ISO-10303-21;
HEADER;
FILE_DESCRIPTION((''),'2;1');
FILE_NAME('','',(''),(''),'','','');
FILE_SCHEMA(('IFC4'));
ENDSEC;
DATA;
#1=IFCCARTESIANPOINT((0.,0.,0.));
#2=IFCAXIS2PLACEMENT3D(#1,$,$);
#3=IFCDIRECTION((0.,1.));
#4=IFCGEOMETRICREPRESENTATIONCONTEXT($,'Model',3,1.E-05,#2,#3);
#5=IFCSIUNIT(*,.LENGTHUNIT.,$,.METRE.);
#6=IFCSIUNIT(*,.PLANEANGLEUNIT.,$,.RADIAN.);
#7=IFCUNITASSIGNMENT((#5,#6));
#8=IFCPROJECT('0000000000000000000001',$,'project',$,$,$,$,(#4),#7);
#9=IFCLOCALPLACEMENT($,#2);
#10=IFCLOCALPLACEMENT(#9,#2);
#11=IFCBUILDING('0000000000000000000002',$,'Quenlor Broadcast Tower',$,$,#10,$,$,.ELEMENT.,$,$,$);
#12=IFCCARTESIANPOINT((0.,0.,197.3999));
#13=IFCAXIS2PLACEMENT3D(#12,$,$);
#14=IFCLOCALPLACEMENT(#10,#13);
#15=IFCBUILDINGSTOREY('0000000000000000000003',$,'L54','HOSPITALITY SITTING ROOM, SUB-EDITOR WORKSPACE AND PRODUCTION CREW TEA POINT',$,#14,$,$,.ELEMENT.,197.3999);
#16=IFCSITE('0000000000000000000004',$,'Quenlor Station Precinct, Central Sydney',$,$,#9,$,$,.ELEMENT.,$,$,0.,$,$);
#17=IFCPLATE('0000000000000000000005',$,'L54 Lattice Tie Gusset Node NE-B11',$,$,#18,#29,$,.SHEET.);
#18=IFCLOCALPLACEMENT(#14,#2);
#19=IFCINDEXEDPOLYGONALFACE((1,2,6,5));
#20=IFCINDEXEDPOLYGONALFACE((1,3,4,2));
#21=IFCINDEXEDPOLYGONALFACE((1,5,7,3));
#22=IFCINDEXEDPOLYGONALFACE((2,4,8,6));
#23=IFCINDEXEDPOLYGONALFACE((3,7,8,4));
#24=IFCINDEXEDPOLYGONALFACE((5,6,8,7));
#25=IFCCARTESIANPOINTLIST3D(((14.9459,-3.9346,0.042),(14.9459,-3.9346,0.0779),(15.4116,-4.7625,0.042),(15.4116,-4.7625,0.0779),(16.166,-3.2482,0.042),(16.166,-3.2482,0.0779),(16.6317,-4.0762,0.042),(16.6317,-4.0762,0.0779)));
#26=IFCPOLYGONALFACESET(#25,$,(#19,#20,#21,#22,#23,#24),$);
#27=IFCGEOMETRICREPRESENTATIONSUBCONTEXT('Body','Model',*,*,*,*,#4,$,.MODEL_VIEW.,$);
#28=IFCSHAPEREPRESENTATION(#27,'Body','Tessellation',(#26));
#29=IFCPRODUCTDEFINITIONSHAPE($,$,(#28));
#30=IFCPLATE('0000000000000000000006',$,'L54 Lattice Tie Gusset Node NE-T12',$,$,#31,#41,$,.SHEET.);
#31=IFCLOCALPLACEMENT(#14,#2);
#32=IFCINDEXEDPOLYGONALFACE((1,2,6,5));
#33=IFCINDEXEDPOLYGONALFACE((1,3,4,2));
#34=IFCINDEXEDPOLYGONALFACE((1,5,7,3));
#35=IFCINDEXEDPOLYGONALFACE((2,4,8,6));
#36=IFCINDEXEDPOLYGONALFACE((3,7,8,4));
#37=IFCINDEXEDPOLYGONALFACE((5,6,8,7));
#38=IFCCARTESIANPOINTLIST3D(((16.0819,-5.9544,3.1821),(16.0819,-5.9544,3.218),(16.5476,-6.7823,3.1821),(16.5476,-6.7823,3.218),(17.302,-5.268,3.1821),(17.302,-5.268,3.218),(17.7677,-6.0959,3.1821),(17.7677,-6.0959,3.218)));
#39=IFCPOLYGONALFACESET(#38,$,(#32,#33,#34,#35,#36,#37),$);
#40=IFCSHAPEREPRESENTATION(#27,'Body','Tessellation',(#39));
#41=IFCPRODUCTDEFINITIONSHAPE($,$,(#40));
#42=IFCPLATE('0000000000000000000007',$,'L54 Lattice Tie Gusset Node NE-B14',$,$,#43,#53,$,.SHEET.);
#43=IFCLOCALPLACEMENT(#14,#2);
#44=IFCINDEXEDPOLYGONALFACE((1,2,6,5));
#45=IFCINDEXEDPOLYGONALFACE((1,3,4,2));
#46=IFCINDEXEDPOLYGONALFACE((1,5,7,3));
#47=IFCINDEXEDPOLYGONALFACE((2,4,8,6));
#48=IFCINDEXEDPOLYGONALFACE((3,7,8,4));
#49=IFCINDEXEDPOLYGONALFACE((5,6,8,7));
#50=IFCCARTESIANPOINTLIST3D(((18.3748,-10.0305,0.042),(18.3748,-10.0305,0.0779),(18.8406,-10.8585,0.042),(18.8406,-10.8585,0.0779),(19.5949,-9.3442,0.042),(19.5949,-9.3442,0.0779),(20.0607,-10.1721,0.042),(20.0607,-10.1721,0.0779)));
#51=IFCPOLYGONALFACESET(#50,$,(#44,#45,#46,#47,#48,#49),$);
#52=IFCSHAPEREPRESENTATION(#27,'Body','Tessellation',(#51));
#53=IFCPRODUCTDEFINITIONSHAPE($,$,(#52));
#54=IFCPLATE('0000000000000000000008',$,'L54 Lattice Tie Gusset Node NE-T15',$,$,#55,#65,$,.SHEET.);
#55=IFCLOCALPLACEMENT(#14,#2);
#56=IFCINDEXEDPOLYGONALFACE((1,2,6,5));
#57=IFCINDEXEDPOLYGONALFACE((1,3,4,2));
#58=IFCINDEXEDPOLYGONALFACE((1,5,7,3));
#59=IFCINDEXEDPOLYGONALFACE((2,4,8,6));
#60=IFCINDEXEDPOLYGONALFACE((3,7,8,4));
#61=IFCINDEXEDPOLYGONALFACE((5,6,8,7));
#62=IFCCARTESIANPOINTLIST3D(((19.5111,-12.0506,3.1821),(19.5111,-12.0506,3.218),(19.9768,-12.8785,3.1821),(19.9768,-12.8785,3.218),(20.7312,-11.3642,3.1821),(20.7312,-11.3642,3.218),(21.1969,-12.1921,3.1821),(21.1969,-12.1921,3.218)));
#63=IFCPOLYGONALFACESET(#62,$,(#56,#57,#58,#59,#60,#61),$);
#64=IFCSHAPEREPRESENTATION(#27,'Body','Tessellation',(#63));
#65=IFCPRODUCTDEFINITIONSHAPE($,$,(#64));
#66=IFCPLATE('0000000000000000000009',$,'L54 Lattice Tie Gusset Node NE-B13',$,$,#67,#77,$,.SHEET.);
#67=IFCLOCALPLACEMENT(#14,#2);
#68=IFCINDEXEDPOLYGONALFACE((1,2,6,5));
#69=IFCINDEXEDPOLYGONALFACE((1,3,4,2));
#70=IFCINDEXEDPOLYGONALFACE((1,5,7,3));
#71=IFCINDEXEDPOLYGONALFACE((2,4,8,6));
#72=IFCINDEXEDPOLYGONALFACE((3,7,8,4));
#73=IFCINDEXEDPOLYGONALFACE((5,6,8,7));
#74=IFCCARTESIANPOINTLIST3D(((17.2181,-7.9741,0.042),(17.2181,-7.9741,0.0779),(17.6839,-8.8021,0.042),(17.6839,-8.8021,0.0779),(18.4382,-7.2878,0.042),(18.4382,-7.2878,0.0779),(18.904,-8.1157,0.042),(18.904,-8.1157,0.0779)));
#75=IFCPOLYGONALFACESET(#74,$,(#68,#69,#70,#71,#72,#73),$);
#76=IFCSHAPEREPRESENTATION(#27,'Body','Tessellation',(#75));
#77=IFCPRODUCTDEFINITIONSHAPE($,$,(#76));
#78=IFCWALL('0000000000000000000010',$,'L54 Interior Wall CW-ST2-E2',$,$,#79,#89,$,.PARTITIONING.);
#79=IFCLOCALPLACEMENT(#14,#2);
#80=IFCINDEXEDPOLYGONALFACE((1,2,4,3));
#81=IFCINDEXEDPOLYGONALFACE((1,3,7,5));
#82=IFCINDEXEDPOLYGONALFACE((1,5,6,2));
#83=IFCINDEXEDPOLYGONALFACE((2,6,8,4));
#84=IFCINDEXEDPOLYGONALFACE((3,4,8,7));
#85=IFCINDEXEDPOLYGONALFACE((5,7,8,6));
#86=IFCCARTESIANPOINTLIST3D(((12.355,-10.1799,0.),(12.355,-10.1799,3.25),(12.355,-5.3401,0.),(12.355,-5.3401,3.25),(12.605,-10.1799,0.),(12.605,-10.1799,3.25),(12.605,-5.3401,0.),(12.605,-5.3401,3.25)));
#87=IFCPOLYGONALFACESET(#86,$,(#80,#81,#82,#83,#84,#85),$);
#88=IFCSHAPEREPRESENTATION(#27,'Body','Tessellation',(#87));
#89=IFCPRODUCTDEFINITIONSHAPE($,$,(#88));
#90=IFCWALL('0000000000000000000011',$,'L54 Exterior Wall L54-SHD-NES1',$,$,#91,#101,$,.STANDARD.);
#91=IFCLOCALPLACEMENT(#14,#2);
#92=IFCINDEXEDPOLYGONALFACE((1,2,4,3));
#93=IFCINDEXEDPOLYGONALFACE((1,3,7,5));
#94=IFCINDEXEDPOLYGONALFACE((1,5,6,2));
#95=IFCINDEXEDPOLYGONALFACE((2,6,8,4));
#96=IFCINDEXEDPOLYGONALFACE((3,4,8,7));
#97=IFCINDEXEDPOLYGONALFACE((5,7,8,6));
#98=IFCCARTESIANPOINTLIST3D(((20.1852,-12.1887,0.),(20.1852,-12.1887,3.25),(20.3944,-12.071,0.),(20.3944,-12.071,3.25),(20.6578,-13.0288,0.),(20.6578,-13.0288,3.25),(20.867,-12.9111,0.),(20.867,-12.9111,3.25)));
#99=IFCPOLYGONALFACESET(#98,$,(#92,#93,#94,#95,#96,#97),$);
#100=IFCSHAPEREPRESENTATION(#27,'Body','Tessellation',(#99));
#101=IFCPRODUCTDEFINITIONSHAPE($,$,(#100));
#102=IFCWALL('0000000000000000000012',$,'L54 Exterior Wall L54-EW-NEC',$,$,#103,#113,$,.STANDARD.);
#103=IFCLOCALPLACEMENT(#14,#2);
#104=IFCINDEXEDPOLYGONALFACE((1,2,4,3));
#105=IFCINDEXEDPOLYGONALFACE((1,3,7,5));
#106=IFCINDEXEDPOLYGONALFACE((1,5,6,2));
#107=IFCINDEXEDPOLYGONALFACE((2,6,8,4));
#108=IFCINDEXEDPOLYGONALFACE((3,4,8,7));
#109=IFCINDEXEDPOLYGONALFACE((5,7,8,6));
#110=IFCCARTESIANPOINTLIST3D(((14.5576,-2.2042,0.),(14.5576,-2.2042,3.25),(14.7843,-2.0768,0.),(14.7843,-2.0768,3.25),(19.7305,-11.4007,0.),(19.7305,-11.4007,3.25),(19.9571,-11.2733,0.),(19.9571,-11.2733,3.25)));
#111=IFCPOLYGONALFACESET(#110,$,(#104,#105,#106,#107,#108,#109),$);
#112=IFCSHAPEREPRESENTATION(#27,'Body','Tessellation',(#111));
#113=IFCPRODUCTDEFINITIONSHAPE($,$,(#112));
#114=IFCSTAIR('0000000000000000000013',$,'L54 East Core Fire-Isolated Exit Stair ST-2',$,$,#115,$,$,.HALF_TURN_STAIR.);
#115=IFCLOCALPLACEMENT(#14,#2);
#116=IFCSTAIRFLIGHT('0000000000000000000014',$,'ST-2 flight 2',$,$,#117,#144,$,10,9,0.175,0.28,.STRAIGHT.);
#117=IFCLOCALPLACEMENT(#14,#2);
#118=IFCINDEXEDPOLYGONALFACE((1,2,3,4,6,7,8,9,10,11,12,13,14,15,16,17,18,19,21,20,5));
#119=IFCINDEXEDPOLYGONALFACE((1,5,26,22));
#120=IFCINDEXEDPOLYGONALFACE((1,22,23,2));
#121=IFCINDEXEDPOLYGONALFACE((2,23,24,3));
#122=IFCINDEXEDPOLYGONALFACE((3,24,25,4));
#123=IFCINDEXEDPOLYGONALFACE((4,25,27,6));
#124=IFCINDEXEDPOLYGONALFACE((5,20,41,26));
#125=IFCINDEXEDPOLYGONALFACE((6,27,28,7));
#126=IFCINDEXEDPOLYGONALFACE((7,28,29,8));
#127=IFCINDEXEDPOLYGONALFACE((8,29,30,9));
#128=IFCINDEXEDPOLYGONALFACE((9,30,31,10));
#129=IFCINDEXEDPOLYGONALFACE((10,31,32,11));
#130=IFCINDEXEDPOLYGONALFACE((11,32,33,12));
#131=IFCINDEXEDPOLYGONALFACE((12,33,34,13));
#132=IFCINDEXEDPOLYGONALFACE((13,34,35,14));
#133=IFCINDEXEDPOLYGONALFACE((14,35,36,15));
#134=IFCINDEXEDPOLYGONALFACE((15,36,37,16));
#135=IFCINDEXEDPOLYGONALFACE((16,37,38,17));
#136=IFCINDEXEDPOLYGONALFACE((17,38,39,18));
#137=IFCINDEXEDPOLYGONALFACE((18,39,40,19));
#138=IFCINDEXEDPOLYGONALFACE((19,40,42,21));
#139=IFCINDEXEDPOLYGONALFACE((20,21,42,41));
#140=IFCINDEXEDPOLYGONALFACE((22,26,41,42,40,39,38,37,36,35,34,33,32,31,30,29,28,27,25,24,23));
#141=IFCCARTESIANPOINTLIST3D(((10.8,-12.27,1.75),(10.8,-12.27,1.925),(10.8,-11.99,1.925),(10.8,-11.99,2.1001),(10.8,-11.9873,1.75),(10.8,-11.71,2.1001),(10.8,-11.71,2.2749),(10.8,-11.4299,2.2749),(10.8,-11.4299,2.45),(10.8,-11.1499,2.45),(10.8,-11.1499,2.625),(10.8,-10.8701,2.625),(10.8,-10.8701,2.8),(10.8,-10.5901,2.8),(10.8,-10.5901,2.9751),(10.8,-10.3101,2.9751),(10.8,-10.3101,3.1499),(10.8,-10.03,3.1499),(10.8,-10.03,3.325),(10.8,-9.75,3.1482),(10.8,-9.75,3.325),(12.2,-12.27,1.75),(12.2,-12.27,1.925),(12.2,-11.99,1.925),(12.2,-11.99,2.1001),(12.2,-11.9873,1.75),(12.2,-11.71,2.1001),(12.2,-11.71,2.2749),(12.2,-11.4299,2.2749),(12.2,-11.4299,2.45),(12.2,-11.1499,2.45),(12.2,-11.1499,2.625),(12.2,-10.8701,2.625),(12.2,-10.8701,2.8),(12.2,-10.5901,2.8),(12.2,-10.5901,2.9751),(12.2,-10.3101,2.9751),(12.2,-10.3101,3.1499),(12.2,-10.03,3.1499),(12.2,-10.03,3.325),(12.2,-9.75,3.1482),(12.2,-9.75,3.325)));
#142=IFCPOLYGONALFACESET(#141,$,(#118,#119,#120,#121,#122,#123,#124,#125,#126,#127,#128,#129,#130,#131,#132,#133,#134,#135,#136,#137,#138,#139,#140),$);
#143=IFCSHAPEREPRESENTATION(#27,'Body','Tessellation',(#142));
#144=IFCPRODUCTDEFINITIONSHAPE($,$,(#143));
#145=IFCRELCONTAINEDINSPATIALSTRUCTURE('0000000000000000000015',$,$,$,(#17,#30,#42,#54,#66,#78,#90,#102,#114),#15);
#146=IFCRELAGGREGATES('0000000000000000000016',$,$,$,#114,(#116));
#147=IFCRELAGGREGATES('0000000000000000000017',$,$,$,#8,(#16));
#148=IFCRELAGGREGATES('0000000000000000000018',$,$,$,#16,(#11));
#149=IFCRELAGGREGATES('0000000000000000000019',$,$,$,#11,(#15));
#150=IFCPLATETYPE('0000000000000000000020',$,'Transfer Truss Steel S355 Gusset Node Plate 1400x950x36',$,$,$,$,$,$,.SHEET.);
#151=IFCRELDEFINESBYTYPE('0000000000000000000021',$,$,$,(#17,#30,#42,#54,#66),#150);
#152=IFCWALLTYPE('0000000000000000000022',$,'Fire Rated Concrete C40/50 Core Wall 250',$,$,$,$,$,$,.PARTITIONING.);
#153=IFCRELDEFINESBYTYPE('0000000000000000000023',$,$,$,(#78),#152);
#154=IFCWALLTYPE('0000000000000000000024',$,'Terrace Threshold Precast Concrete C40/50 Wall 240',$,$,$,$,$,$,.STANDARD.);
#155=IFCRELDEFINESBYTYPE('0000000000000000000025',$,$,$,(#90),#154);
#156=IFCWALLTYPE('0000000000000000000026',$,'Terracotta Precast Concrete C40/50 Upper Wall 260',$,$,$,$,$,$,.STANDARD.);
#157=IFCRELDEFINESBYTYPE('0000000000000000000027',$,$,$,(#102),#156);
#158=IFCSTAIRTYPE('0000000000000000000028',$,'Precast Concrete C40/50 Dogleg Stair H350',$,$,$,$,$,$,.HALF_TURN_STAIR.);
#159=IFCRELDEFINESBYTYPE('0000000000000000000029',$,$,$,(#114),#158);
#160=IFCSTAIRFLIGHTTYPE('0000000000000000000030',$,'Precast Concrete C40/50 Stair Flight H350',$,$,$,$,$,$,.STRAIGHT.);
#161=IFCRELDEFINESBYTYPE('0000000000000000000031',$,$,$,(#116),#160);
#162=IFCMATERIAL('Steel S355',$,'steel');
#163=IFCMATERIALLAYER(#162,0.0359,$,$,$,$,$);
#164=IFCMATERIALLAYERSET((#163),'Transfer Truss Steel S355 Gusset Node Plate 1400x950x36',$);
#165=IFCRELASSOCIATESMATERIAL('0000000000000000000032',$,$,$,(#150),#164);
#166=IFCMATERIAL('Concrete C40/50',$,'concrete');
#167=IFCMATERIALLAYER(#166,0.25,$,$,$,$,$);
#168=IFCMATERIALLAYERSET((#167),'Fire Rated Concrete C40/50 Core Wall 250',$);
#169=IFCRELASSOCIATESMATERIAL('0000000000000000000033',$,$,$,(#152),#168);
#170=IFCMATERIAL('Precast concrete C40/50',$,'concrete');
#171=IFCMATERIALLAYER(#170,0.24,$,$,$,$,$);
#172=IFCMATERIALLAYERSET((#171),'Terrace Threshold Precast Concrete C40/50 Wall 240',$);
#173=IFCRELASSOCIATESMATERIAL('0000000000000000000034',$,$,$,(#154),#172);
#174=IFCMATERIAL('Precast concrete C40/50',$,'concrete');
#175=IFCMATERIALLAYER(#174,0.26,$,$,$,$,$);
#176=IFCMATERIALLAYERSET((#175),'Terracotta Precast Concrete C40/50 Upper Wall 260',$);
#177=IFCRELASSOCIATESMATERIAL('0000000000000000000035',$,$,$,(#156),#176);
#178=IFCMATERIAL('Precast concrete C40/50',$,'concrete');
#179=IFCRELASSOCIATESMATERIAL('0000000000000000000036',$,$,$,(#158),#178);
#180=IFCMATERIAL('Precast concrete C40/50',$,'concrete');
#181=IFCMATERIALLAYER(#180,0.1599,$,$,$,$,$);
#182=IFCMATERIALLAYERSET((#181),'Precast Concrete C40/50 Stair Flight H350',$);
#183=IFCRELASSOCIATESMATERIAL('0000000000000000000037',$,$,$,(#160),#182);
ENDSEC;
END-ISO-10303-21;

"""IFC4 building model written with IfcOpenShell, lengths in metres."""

from ifc_helpers import new_model, si_unit, direction, frame, frame_2d, origin, origin_2d, place, context, subcontext, project, spatial, polyline, rectangle, outline, extrude, material, layer, layer_set, type_object, element, aggregate, save


model = new_model("IFC4")

# Units and contexts
model_context = context("Model", 3, precision=1e-05, world=origin(), true_north=direction((0.0, 1.0)))
body_context = subcontext(model_context, "Body", "Model", "MODEL_VIEW")
ifc_project = project(units=[si_unit("LENGTHUNIT", "METRE"), si_unit("PLANEANGLEUNIT", "RADIAN")], contexts=[model_context])

# Site, building, storey
site_placement = place(None, origin())
site = spatial("IfcSite", under=ifc_project, at=site_placement, Name="Quenlor Station Precinct, Central Sydney", CompositionType="ELEMENT", RefElevation=0.0)
building_placement = place(site_placement, origin())
building = spatial("IfcBuilding", under=site, at=building_placement, Name="Quenlor Broadcast Tower", CompositionType="ELEMENT")
storey_placement = place(building_placement, frame((0.0, 0.0, 197.3999)))
storey = spatial("IfcBuildingStorey", under=building, at=storey_placement, Name="L54", Description="HOSPITALITY SITTING ROOM, SUB-EDITOR WORKSPACE AND PRODUCTION CREW TEA POINT", CompositionType="ELEMENT", Elevation=197.3999)

# Plates
ifc_material_1 = material(Name="Steel S355", Category="steel")
ifc_layer_1 = layer(ifc_material_1, 0.0359)
ifc_layer_set_1 = layer_set([ifc_layer_1], Name="Transfer Truss Steel S355 Gusset Node Plate 1400x950x36")
plate_type = type_object("IfcPlateType", Name="Transfer Truss Steel S355 Gusset Node Plate 1400x950x36", PredefinedType="SHEET", material=ifc_layer_set_1)
for number, where, z_axis, x_axis, name in (
    (1, (15.7888, -4.0054, 0.042), (0.0, 0.0, 1.0), (0.871556, 0.490295, 0.0), "L54 Lattice Tie Gusset Node NE-B11"),
    (2, (16.9248, -6.0251, 3.1821), (0.0, 0.0, 1.0), (0.871556, 0.490295, 0.0), "L54 Lattice Tie Gusset Node NE-T12"),
    (3, (19.2178, -10.1013, 0.042), (0.0, 0.0, 1.0), (0.871556, 0.490295, 0.0), "L54 Lattice Tie Gusset Node NE-B14"),
    (4, (20.354, -12.1213, 3.1821), (0.0, 0.0, 1.0), (0.871556, 0.490295, 0.0), "L54 Lattice Tie Gusset Node NE-T15"),
    (5, (18.061, -8.0449, 0.042), (0.0, 0.0, 1.0), (0.871556, 0.490295, 0.0), "L54 Lattice Tie Gusset Node NE-B13"),
):
    element("IfcPlate", number, at=place(storey_placement, frame(where, z_axis=z_axis, x_axis=x_axis)), inside=storey, type_object=plate_type, Name=name, PredefinedType="SHEET", context=body_context, shape_type="SweptSolid", body=[
        extrude(rectangle(XDim=1.3999, YDim=0.95, at=origin_2d()), origin(), (0.0, 0.0, 1.0), 0.0359),
    ])

# Wall
ifc_material_2 = material(Name="Concrete C40/50", Category="concrete")
ifc_layer_2 = layer(ifc_material_2, 0.25)
ifc_layer_set_2 = layer_set([ifc_layer_2], Name="Fire Rated Concrete C40/50 Core Wall 250")
wall_type_1 = type_object("IfcWallType", Name="Fire Rated Concrete C40/50 Core Wall 250", PredefinedType="PARTITIONING", material=ifc_layer_set_2)
wall_1_placement = place(storey_placement, frame((12.48, -10.1799, 0.0), z_axis=(0.0, 0.0, 1.0), x_axis=(0.0, 1.0, 0.0)))
element("IfcWall", 6, at=wall_1_placement, inside=storey, type_object=wall_type_1, Name="L54 Interior Wall CW-ST2-E2", PredefinedType="PARTITIONING", context=body_context, shape_type="SweptSolid", body=[
    extrude(rectangle(XDim=4.8398, YDim=0.25, at=frame_2d((2.4199, 0.0))), origin(), (0.0, 0.0, 1.0), 3.25),
])

# Walls
ifc_material_3 = material(Name="Precast concrete C40/50", Category="concrete")
ifc_layer_3 = layer(ifc_material_3, 0.24)
ifc_layer_set_3 = layer_set([ifc_layer_3], Name="Terrace Threshold Precast Concrete C40/50 Wall 240")
wall_type_2 = type_object("IfcWallType", Name="Terrace Threshold Precast Concrete C40/50 Wall 240", PredefinedType="STANDARD", material=ifc_layer_set_3)
wall_2_placement = place(storey_placement, frame((20.2898, -12.1299, 0.0), z_axis=(0.0, 0.0, 1.0), x_axis=(0.490345, -0.871528, 0.0)))
element("IfcWall", 7, at=wall_2_placement, inside=storey, type_object=wall_type_2, Name="L54 Exterior Wall L54-SHD-NES1", PredefinedType="STANDARD", context=body_context, shape_type="SweptSolid", body=[
    extrude(rectangle(XDim=0.9639, YDim=0.24, at=frame_2d((0.4819, 0.0))), origin(), (0.0, 0.0, 1.0), 3.25),
])
ifc_material_4 = material(Name="Precast concrete C40/50", Category="concrete")
ifc_layer_4 = layer(ifc_material_4, 0.26)
ifc_layer_set_4 = layer_set([ifc_layer_4], Name="Terracotta Precast Concrete C40/50 Upper Wall 260")
wall_type_3 = type_object("IfcWallType", Name="Terracotta Precast Concrete C40/50 Upper Wall 260", PredefinedType="STANDARD", material=ifc_layer_set_4)
wall_3_placement = place(storey_placement, frame((14.6709, -2.1404, 0.0), z_axis=(0.0, 0.0, 1.0), x_axis=(0.490247, -0.871584, 0.0)))
element("IfcWall", 8, at=wall_3_placement, inside=storey, type_object=wall_type_3, Name="L54 Exterior Wall L54-EW-NEC", PredefinedType="STANDARD", context=body_context, shape_type="SweptSolid", body=[
    extrude(rectangle(XDim=10.5515, YDim=0.26, at=frame_2d((5.2759, 0.0))), origin(), (0.0, 0.0, 1.0), 3.25),
])

# Stair, stair flight
ifc_material_5 = material(Name="Precast concrete C40/50", Category="concrete")
stair_type = type_object("IfcStairType", Name="Precast Concrete C40/50 Dogleg Stair H350", PredefinedType="HALF_TURN_STAIR", material=ifc_material_5)
stair_placement = place(storey_placement, origin())
stair = element("IfcStair", 9, at=stair_placement, inside=storey, type_object=stair_type, Name="L54 East Core Fire-Isolated Exit Stair ST-2", PredefinedType="HALF_TURN_STAIR")
ifc_material_6 = material(Name="Precast concrete C40/50", Category="concrete")
ifc_layer_5 = layer(ifc_material_6, 0.1599)
ifc_layer_set_5 = layer_set([ifc_layer_5], Name="Precast Concrete C40/50 Stair Flight H350")
stair_flight_type = type_object("IfcStairFlightType", Name="Precast Concrete C40/50 Stair Flight H350", PredefinedType="STRAIGHT", material=ifc_layer_set_5)
stair_flight_placement = place(storey_placement, frame((11.5, -12.27, 1.75), z_axis=(0.0, 0.0, 1.0), x_axis=(0.0, 1.0, 0.0)))
stair_flight = element("IfcStairFlight", 10, at=stair_flight_placement, type_object=stair_flight_type, Name="ST-2 flight 2", NumberOfRisers=10, NumberOfTreads=9, PredefinedType="STRAIGHT", RiserHeight=0.175, TreadLength=0.28, context=body_context, shape_type="SweptSolid", body=[
    extrude(outline(polyline([(0.0, 0.0), (0.0, 0.175), (0.28, 0.175), (0.28, 0.3501), (0.5601, 0.3501), (0.5601, 0.5249), (0.8401, 0.5249), (0.8401, 0.7), (1.1201, 0.7), (1.1201, 0.875), (1.3999, 0.875), (1.3999, 1.05), (1.6799, 1.05), (1.6799, 1.2251), (1.96, 1.2251), (1.96, 1.3999), (2.24, 1.3999), (2.24, 1.575), (2.52, 1.575), (2.52, 1.75), (2.52, 1.3982), (0.2827, 0.0), (0.0, 0.0)])), frame((0.0, 0.7, 0.0), z_axis=(0.0, -1.0, 0.0), x_axis=(1.0, 0.0, 0.0)), (0.0, 0.0, 1.0), 1.3999),
])
aggregate(stair, [stair_flight])

save(model, "model.ifc")
